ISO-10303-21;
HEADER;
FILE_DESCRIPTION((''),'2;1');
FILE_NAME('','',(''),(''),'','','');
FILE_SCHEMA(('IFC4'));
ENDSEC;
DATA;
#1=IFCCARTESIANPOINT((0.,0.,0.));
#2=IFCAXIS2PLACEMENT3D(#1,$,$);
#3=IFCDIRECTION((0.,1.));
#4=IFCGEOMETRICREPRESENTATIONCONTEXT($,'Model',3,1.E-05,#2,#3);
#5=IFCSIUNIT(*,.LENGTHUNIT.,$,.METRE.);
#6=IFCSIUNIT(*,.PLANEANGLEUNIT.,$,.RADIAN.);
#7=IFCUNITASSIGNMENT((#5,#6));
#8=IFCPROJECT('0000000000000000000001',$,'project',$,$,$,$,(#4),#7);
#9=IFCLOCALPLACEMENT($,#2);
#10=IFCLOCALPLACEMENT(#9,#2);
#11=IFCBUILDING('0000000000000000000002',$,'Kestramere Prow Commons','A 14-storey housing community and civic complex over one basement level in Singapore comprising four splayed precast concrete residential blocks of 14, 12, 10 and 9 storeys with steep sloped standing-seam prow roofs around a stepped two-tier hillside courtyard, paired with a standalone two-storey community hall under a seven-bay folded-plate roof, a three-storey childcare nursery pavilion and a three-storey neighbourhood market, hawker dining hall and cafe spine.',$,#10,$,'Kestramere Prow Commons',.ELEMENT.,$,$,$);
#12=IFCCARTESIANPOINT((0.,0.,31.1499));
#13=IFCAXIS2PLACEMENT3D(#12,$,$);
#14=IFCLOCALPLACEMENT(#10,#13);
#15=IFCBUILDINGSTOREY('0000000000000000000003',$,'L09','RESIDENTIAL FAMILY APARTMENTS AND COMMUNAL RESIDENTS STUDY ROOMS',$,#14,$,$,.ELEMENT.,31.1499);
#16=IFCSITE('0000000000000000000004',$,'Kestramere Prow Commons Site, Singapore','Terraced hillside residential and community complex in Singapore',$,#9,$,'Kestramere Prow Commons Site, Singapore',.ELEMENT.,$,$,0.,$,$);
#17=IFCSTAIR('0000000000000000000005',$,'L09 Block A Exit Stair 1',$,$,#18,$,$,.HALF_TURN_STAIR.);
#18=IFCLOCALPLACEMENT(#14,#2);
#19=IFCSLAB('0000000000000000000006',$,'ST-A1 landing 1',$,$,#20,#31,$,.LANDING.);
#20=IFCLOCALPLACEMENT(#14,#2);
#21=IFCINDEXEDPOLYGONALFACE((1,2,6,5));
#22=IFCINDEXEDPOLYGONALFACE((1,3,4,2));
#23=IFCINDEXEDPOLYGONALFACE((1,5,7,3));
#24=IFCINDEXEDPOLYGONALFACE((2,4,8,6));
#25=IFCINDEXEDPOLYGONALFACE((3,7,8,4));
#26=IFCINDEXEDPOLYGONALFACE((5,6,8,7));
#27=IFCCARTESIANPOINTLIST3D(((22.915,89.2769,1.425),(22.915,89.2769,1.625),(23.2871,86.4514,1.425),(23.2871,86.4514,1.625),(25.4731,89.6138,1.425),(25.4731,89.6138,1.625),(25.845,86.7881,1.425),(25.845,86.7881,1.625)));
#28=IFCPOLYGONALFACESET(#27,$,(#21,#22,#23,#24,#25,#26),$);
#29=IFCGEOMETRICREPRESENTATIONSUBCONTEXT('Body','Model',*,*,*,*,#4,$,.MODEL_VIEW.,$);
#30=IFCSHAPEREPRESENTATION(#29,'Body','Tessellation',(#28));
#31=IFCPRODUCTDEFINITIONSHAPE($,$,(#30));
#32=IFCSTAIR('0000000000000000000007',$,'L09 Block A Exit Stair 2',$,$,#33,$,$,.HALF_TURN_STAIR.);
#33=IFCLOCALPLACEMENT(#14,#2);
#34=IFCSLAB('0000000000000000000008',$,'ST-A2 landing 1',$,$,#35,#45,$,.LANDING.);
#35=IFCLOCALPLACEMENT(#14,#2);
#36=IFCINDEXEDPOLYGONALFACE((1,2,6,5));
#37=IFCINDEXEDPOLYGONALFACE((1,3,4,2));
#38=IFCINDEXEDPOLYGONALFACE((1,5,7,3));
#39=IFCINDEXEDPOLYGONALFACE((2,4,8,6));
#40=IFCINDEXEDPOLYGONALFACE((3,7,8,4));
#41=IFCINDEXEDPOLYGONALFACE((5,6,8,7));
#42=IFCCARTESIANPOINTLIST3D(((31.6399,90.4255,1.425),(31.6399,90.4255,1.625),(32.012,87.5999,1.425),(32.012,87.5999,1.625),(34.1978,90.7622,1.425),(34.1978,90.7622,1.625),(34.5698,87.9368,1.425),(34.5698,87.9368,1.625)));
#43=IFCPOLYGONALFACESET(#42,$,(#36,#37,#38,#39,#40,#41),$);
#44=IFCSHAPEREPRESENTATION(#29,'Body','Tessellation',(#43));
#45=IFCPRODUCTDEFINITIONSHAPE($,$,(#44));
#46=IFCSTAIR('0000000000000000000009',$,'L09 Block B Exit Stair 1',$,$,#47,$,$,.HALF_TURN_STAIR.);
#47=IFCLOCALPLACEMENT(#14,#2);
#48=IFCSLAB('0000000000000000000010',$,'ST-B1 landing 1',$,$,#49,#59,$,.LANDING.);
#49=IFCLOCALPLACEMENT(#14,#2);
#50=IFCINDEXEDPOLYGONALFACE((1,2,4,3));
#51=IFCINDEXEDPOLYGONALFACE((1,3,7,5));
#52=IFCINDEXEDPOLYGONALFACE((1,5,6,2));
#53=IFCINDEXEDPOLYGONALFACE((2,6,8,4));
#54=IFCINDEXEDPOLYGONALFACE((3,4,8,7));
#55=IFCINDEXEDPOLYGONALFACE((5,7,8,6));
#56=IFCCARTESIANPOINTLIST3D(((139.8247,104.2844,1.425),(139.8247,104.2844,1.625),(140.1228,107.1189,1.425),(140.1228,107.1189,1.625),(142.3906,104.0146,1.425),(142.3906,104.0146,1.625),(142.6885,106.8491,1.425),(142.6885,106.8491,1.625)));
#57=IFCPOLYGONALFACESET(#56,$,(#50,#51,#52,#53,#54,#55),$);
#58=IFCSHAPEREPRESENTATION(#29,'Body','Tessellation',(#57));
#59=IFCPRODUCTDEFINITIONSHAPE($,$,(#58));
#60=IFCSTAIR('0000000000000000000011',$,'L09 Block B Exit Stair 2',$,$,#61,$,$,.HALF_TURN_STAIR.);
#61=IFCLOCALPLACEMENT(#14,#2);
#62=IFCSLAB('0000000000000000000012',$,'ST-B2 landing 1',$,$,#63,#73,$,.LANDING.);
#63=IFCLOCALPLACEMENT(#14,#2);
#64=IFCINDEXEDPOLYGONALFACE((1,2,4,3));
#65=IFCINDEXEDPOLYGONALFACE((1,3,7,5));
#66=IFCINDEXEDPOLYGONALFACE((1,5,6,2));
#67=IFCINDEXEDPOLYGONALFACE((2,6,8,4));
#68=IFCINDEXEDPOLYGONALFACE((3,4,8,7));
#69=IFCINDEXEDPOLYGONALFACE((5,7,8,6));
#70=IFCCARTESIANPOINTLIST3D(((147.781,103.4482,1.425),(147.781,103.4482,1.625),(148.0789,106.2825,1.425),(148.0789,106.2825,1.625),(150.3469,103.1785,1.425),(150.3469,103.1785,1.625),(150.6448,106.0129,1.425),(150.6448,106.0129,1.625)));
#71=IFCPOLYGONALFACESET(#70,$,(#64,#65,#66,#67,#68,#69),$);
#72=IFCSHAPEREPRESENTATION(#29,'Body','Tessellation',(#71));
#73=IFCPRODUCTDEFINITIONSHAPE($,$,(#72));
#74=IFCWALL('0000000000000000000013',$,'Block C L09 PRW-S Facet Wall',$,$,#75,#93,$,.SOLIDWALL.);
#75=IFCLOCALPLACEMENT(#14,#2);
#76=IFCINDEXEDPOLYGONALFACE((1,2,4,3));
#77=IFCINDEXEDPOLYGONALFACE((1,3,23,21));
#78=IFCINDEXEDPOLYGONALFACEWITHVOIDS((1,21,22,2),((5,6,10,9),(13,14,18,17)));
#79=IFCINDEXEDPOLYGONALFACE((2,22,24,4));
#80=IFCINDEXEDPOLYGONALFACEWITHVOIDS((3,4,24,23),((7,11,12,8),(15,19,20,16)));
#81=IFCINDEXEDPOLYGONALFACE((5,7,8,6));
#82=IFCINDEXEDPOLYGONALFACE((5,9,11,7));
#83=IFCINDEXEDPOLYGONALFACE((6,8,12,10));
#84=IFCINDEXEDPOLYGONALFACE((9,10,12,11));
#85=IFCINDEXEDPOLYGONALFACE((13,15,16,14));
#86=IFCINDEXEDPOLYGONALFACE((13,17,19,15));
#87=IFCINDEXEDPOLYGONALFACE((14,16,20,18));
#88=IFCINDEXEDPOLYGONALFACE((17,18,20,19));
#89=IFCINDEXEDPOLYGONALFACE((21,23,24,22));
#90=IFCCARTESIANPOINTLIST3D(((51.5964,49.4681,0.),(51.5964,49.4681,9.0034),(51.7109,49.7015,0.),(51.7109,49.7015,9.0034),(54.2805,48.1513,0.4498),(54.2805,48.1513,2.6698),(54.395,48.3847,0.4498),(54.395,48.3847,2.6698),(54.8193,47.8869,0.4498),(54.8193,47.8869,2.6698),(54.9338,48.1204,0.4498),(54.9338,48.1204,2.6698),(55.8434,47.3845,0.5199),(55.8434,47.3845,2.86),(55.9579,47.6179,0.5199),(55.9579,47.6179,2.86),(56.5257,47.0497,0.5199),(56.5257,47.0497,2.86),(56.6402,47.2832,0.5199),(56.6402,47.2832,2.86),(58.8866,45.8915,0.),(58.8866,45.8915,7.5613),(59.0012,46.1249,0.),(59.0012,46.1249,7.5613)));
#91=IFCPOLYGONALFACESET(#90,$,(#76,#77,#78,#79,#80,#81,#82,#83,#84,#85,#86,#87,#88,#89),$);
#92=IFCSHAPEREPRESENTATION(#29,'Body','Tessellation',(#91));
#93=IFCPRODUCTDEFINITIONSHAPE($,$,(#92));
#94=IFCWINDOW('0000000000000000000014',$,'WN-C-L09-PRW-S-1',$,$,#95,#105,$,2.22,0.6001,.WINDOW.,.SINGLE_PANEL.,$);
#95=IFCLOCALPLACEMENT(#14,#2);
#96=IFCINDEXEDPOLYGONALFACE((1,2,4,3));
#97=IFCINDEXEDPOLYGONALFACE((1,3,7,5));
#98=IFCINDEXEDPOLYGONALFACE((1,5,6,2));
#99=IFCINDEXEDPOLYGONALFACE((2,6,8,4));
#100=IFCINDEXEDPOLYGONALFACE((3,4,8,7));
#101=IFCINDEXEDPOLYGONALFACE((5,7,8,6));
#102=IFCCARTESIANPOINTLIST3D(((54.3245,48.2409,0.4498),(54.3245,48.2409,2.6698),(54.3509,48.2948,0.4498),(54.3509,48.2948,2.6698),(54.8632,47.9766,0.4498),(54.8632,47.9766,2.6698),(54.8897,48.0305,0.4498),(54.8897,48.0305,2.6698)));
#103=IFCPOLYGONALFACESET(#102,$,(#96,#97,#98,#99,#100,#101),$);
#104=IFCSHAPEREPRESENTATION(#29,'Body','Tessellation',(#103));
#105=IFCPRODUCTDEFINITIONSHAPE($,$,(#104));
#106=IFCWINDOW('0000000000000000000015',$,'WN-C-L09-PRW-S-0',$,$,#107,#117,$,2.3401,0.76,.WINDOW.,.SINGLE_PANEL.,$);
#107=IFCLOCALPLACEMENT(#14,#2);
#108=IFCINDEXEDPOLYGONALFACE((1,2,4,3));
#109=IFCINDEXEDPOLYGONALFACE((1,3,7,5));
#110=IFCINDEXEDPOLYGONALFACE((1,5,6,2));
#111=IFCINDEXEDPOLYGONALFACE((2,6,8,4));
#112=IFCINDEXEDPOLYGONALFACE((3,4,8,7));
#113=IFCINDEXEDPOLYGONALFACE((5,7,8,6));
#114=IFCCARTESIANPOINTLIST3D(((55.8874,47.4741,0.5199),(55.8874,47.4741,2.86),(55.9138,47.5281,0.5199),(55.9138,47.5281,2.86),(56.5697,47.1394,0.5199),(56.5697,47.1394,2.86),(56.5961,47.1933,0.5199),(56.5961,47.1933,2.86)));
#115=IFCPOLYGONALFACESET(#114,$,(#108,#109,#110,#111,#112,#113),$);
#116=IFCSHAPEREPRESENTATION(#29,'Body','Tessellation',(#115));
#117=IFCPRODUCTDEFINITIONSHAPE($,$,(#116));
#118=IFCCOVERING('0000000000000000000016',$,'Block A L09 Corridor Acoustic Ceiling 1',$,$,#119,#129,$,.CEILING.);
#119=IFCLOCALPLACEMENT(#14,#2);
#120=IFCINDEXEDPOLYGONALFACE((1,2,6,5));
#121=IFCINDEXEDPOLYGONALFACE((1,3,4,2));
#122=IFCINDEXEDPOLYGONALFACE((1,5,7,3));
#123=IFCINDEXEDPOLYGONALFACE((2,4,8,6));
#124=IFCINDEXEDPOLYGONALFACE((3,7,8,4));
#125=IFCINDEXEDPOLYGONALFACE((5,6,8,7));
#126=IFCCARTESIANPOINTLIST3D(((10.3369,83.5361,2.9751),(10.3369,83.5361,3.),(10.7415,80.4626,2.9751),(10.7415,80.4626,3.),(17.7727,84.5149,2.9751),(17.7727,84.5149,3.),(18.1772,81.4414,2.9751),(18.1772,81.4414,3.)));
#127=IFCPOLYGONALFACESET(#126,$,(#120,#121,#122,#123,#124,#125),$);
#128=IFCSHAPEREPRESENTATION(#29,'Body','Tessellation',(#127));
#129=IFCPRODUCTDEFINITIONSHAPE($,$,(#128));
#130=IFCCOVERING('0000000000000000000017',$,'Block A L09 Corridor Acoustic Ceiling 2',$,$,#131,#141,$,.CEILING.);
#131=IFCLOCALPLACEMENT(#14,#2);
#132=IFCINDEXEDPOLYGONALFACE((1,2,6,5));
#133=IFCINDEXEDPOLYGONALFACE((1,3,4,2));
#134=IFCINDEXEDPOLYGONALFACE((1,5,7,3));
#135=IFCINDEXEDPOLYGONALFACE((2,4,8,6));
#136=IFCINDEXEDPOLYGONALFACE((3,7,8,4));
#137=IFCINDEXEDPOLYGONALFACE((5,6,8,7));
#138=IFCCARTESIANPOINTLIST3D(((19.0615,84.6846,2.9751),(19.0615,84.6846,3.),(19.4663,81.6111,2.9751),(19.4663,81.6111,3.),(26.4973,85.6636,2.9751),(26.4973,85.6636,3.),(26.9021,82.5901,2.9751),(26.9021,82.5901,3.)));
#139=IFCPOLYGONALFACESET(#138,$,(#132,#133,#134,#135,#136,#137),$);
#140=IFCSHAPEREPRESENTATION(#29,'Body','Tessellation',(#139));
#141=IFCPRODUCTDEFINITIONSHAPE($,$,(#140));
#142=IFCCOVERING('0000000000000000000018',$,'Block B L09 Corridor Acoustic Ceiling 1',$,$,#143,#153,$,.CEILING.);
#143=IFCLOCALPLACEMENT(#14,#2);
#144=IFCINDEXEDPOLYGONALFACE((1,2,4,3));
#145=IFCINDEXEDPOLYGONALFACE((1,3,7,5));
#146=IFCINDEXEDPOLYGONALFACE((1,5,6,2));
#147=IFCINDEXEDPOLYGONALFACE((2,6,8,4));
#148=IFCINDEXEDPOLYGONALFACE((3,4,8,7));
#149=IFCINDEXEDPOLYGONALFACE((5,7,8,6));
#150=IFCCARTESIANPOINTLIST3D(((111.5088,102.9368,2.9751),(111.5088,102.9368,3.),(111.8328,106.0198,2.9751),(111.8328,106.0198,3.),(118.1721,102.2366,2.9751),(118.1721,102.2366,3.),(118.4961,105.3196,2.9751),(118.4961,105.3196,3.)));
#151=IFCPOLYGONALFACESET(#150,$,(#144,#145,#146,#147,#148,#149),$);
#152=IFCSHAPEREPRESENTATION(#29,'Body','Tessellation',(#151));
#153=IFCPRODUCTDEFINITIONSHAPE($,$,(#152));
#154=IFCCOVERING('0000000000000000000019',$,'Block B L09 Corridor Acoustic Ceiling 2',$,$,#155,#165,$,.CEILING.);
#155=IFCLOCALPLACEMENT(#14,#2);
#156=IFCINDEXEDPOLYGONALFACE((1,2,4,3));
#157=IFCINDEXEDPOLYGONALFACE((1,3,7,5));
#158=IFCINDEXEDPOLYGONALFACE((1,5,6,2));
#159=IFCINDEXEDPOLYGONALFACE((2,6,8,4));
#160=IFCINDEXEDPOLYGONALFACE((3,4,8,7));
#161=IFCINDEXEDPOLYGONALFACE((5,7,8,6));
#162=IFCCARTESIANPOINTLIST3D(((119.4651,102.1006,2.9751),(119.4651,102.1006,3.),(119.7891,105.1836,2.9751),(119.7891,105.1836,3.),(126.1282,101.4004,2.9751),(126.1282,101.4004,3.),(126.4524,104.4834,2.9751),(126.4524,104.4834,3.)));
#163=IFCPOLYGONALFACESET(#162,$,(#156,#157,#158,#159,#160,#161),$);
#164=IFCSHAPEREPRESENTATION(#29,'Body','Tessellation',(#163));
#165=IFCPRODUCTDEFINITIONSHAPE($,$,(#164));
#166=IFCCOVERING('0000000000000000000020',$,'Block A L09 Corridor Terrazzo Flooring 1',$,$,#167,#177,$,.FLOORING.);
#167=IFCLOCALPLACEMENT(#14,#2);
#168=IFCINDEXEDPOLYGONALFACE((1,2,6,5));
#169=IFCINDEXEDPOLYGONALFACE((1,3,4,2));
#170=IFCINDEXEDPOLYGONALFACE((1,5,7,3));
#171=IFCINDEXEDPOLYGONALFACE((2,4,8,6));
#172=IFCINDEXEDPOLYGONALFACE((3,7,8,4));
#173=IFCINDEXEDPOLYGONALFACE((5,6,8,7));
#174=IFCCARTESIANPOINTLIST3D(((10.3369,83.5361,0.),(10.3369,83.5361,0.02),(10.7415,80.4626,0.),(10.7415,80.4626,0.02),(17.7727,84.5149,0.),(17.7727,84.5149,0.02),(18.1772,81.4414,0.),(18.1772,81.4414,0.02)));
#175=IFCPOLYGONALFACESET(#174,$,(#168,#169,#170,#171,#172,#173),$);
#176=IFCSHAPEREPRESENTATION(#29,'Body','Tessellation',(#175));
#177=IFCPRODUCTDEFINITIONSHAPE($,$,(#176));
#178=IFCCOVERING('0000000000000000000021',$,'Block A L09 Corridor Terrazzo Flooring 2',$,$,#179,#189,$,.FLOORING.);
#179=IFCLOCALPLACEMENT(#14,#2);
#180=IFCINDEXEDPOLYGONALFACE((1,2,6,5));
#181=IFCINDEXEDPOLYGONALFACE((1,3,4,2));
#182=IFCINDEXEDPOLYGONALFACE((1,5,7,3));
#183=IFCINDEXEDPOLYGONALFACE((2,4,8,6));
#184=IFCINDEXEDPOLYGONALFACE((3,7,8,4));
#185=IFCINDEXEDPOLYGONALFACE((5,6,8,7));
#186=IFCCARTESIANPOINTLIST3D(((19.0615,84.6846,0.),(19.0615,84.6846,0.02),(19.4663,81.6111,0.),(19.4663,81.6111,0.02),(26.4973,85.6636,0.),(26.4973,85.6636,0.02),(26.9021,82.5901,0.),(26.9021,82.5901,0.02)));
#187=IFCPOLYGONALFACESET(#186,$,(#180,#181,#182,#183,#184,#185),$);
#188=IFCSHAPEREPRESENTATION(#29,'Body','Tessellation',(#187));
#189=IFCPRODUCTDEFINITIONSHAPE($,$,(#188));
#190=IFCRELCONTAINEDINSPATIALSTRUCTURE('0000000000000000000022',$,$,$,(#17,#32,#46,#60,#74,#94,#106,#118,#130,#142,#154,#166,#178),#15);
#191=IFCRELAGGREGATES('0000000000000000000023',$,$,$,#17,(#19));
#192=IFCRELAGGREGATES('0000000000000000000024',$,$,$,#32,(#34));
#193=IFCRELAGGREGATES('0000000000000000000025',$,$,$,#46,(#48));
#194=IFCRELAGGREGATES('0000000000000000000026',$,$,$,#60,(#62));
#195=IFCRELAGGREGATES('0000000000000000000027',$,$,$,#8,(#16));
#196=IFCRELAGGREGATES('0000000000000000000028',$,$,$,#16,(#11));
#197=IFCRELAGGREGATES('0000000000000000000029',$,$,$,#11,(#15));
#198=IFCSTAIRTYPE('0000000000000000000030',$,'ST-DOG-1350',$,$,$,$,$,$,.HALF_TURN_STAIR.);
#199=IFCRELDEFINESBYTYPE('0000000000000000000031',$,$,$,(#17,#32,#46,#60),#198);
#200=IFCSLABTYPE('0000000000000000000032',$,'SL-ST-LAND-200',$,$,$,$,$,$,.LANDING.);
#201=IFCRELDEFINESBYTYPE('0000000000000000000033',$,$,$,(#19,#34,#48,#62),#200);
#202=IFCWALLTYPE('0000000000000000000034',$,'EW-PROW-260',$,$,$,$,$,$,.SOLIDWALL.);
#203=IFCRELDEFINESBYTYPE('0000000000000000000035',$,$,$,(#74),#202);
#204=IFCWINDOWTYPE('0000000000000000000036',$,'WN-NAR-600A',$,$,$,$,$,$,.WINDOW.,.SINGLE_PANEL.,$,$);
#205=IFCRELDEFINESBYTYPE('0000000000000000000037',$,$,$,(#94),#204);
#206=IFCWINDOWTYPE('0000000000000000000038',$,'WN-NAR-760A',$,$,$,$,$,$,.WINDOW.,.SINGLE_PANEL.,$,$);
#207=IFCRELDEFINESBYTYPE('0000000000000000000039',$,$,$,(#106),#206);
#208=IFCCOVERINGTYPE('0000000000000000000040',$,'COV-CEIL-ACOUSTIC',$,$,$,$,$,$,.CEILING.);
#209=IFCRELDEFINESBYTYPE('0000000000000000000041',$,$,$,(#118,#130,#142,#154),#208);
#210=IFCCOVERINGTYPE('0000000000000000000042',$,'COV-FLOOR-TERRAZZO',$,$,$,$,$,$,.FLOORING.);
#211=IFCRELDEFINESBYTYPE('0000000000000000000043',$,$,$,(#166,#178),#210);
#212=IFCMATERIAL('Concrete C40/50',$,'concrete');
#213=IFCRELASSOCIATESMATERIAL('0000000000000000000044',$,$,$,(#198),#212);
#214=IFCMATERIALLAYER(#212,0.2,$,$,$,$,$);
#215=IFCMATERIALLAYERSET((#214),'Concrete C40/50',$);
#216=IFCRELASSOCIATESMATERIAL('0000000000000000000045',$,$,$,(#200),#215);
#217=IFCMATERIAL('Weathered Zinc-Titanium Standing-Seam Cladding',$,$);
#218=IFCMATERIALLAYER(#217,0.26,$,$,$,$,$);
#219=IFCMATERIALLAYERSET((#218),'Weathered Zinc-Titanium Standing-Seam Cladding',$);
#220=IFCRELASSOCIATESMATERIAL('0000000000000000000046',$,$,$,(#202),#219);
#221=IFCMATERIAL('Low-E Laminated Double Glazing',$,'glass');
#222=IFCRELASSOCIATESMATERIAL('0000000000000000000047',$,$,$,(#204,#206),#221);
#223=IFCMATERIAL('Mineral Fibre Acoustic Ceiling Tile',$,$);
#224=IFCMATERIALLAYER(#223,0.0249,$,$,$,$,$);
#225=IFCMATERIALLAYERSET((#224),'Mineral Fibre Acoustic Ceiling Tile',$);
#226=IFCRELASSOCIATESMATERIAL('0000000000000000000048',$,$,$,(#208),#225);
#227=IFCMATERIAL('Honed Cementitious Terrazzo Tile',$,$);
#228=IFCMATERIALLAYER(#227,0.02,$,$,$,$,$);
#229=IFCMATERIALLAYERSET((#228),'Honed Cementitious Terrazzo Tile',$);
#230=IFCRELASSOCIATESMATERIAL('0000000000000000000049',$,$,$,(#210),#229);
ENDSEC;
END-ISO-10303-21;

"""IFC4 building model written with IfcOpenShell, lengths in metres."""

from ifc_helpers import new_model, si_unit, direction, frame, frame_2d, origin, place, context, subcontext, project, spatial, polyline, rectangle, outline, extrude, material, layer, layer_set, type_object, element, fill, aggregate, save


model = new_model("IFC4")

# Units and contexts
model_context = context("Model", 3, precision=1e-05, world=origin(), true_north=direction((0.0, 1.0)))
body_context = subcontext(model_context, "Body", "Model", "MODEL_VIEW")
ifc_project = project(units=[si_unit("LENGTHUNIT", "METRE"), si_unit("PLANEANGLEUNIT", "RADIAN")], contexts=[model_context])

# Site, building, storey
site_placement = place(None, origin())
site = spatial("IfcSite", under=ifc_project, at=site_placement, Name="Kestramere Prow Commons Site, Singapore", Description="Terraced hillside residential and community complex in Singapore", LongName="Kestramere Prow Commons Site, Singapore", CompositionType="ELEMENT", RefElevation=0.0)
building_placement = place(site_placement, origin())
building = spatial("IfcBuilding", under=site, at=building_placement, Name="Kestramere Prow Commons", Description="A 14-storey housing community and civic complex over one basement level in Singapore comprising four splayed precast concrete residential blocks of 14, 12, 10 and 9 storeys with steep sloped standing-seam prow roofs around a stepped two-tier hillside courtyard, paired with a standalone two-storey community hall under a seven-bay folded-plate roof, a three-storey childcare nursery pavilion and a three-storey neighbourhood market, hawker dining hall and cafe spine.", LongName="Kestramere Prow Commons", CompositionType="ELEMENT")
storey_placement = place(building_placement, frame((0.0, 0.0, 31.1499)))
storey = spatial("IfcBuildingStorey", under=building, at=storey_placement, Name="L09", Description="RESIDENTIAL FAMILY APARTMENTS AND COMMUNAL RESIDENTS STUDY ROOMS", CompositionType="ELEMENT", Elevation=31.1499)

# Stairs, slabs
ifc_material_1 = material(Name="Concrete C40/50", Category="concrete")
stair_type = type_object("IfcStairType", Name="ST-DOG-1350", PredefinedType="HALF_TURN_STAIR", material=ifc_material_1)
stair_1_placement = place(storey_placement, origin())
stair_1 = element("IfcStair", 1, at=stair_1_placement, inside=storey, type_object=stair_type, Name="L09 Block A Exit Stair 1", PredefinedType="HALF_TURN_STAIR")
ifc_layer_1 = layer(ifc_material_1, 0.2)
ifc_layer_set_1 = layer_set([ifc_layer_1], Name="Concrete C40/50")
slab_type_1 = type_object("IfcSlabType", Name="SL-ST-LAND-200", PredefinedType="LANDING", material=ifc_layer_set_1)
slab_1_placement = place(storey_placement, frame((0.0, 0.0, 1.425)))
slab_1 = element("IfcSlab", 2, at=slab_1_placement, type_object=slab_type_1, Name="ST-A1 landing 1", PredefinedType="LANDING", context=body_context, shape_type="SweptSolid", body=[
    extrude(outline(polyline([(23.2871, 86.4514), (25.845, 86.7881), (25.4731, 89.6138), (22.915, 89.2769), (23.2871, 86.4514)])), origin(), (0.0, 0.0, 1.0), 0.2),
])
aggregate(stair_1, [slab_1])
stair_2_placement = place(storey_placement, origin())
stair_2 = element("IfcStair", 3, at=stair_2_placement, inside=storey, type_object=stair_type, Name="L09 Block A Exit Stair 2", PredefinedType="HALF_TURN_STAIR")
slab_2_placement = place(storey_placement, frame((0.0, 0.0, 1.425)))
slab_2 = element("IfcSlab", 4, at=slab_2_placement, type_object=slab_type_1, Name="ST-A2 landing 1", PredefinedType="LANDING", context=body_context, shape_type="SweptSolid", body=[
    extrude(outline(polyline([(32.012, 87.5999), (34.5698, 87.9368), (34.1978, 90.7622), (31.6399, 90.4255), (32.012, 87.5999)])), origin(), (0.0, 0.0, 1.0), 0.2),
])
aggregate(stair_2, [slab_2])
stair_3_placement = place(storey_placement, origin())
stair_3 = element("IfcStair", 5, at=stair_3_placement, inside=storey, type_object=stair_type, Name="L09 Block B Exit Stair 1", PredefinedType="HALF_TURN_STAIR")
slab_3_placement = place(storey_placement, frame((0.0, 0.0, 1.425)))
slab_3 = element("IfcSlab", 6, at=slab_3_placement, type_object=slab_type_1, Name="ST-B1 landing 1", PredefinedType="LANDING", context=body_context, shape_type="SweptSolid", body=[
    extrude(outline(polyline([(139.8247, 104.2844), (142.3906, 104.0146), (142.6885, 106.8491), (140.1228, 107.1189), (139.8247, 104.2844)])), origin(), (0.0, 0.0, 1.0), 0.2),
])
aggregate(stair_3, [slab_3])
stair_4_placement = place(storey_placement, origin())
stair_4 = element("IfcStair", 7, at=stair_4_placement, inside=storey, type_object=stair_type, Name="L09 Block B Exit Stair 2", PredefinedType="HALF_TURN_STAIR")
slab_4_placement = place(storey_placement, frame((0.0, 0.0, 1.425)))
slab_4 = element("IfcSlab", 8, at=slab_4_placement, type_object=slab_type_1, Name="ST-B2 landing 1", PredefinedType="LANDING", context=body_context, shape_type="SweptSolid", body=[
    extrude(outline(polyline([(147.781, 103.4482), (150.3469, 103.1785), (150.6448, 106.0129), (148.0789, 106.2825), (147.781, 103.4482)])), origin(), (0.0, 0.0, 1.0), 0.2),
])
aggregate(stair_4, [slab_4])

# Wall, openings, windows
ifc_material_2 = material(Name="Weathered Zinc-Titanium Standing-Seam Cladding")
ifc_layer_2 = layer(ifc_material_2, 0.26)
ifc_layer_set_2 = layer_set([ifc_layer_2], Name="Weathered Zinc-Titanium Standing-Seam Cladding")
wall_type = type_object("IfcWallType", Name="EW-PROW-260", PredefinedType="SOLIDWALL", material=ifc_layer_set_2)
wall_placement = place(storey_placement, frame((58.9438, 46.0081, 0.0), z_axis=(0.0, 0.0, 1.0), x_axis=(-0.897775, 0.440454, 0.0)))
wall = element("IfcWall", 9, at=wall_placement, inside=storey, type_object=wall_type, Name="Block C L09 PRW-S Facet Wall", PredefinedType="SOLIDWALL", context=body_context, shape_type="SweptSolid", body=[
    extrude(outline(polyline([(0.0, 0.0), (8.1204, 0.0), (8.1204, 9.0034), (0.0, 7.5613), (0.0, 0.0)])), frame((0.0, 0.1299, 0.0), z_axis=(0.0, -1.0, 0.0), x_axis=(1.0, 0.0, 0.0)), (0.0, 0.0, 1.0), 0.26),
])
opening_1_placement = place(wall_placement, frame((2.6299, 0.0, 0.52)))
opening_1 = element("IfcOpeningElement", 10, at=opening_1_placement, cuts=wall, PredefinedType="OPENING", context=body_context, shape_type="SweptSolid", body=[
    extrude(rectangle(XDim=0.76, YDim=2.3401, at=frame_2d((0.3799, 1.1699))), frame((0.0, 0.145, 0.0), z_axis=(0.0, -1.0, 0.0), x_axis=(1.0, 0.0, 0.0)), (0.0, 0.0, 1.0), 0.29),
])
opening_2_placement = place(wall_placement, frame((4.5305, 0.0, 0.45)))
opening_2 = element("IfcOpeningElement", 11, at=opening_2_placement, cuts=wall, PredefinedType="OPENING", context=body_context, shape_type="SweptSolid", body=[
    extrude(rectangle(XDim=0.6001, YDim=2.22, at=frame_2d((0.3, 1.1099))), frame((0.0, 0.145, 0.0), z_axis=(0.0, -1.0, 0.0), x_axis=(1.0, 0.0, 0.0)), (0.0, 0.0, 1.0), 0.29),
])
ifc_material_3 = material(Name="Low-E Laminated Double Glazing", Category="glass")
window_type_1 = type_object("IfcWindowType", Name="WN-NAR-600A", PartitioningType="SINGLE_PANEL", PredefinedType="WINDOW", material=ifc_material_3)
window_1_placement = place(opening_2_placement, origin())
window_1 = element("IfcWindow", 12, at=window_1_placement, inside=storey, type_object=window_type_1, Name="WN-C-L09-PRW-S-1", OverallHeight=2.22, OverallWidth=0.6001, PartitioningType="SINGLE_PANEL", PredefinedType="WINDOW", context=body_context, shape_type="SweptSolid", body=[
    extrude(rectangle(XDim=0.6001, YDim=2.22, at=frame_2d((0.3, 1.1099))), frame((0.0, 0.03, 0.0), z_axis=(0.0, -1.0, 0.0), x_axis=(1.0, 0.0, 0.0)), (0.0, 0.0, 1.0), 0.0601),
])
fill(opening_2, window_1)
window_type_2 = type_object("IfcWindowType", Name="WN-NAR-760A", PartitioningType="SINGLE_PANEL", PredefinedType="WINDOW", material=ifc_material_3)
window_2_placement = place(opening_1_placement, origin())
window_2 = element("IfcWindow", 13, at=window_2_placement, inside=storey, type_object=window_type_2, Name="WN-C-L09-PRW-S-0", OverallHeight=2.3401, OverallWidth=0.76, PartitioningType="SINGLE_PANEL", PredefinedType="WINDOW", context=body_context, shape_type="SweptSolid", body=[
    extrude(rectangle(XDim=0.76, YDim=2.3401, at=frame_2d((0.3799, 1.1699))), frame((0.0, 0.03, 0.0), z_axis=(0.0, -1.0, 0.0), x_axis=(1.0, 0.0, 0.0)), (0.0, 0.0, 1.0), 0.0601),
])
fill(opening_1, window_2)

# Coverings
ifc_material_4 = material(Name="Mineral Fibre Acoustic Ceiling Tile")
ifc_layer_3 = layer(ifc_material_4, 0.0249)
ifc_layer_set_3 = layer_set([ifc_layer_3], Name="Mineral Fibre Acoustic Ceiling Tile")
covering_type_1 = type_object("IfcCoveringType", Name="COV-CEIL-ACOUSTIC", PredefinedType="CEILING", material=ifc_layer_set_3)
covering_1_placement = place(storey_placement, frame((0.0, 0.0, 2.9751)))
element("IfcCovering", 14, at=covering_1_placement, inside=storey, type_object=covering_type_1, Name="Block A L09 Corridor Acoustic Ceiling 1", PredefinedType="CEILING", context=body_context, shape_type="SweptSolid", body=[
    extrude(outline(polyline([(10.7415, 80.4626), (18.1772, 81.4414), (17.7727, 84.5149), (10.3369, 83.5361), (10.7415, 80.4626)])), origin(), (0.0, 0.0, 1.0), 0.0249),
])
covering_2_placement = place(storey_placement, frame((0.0, 0.0, 2.9751)))
element("IfcCovering", 15, at=covering_2_placement, inside=storey, type_object=covering_type_1, Name="Block A L09 Corridor Acoustic Ceiling 2", PredefinedType="CEILING", context=body_context, shape_type="SweptSolid", body=[
    extrude(outline(polyline([(19.4663, 81.6111), (26.9021, 82.5901), (26.4973, 85.6636), (19.0615, 84.6846), (19.4663, 81.6111)])), origin(), (0.0, 0.0, 1.0), 0.0249),
])
covering_3_placement = place(storey_placement, frame((0.0, 0.0, 2.9751)))
element("IfcCovering", 16, at=covering_3_placement, inside=storey, type_object=covering_type_1, Name="Block B L09 Corridor Acoustic Ceiling 1", PredefinedType="CEILING", context=body_context, shape_type="SweptSolid", body=[
    extrude(outline(polyline([(111.5088, 102.9368), (118.1721, 102.2366), (118.4961, 105.3196), (111.8328, 106.0198), (111.5088, 102.9368)])), origin(), (0.0, 0.0, 1.0), 0.0249),
])
covering_4_placement = place(storey_placement, frame((0.0, 0.0, 2.9751)))
element("IfcCovering", 17, at=covering_4_placement, inside=storey, type_object=covering_type_1, Name="Block B L09 Corridor Acoustic Ceiling 2", PredefinedType="CEILING", context=body_context, shape_type="SweptSolid", body=[
    extrude(outline(polyline([(119.4651, 102.1006), (126.1282, 101.4004), (126.4524, 104.4834), (119.7891, 105.1836), (119.4651, 102.1006)])), origin(), (0.0, 0.0, 1.0), 0.0249),
])
ifc_material_5 = material(Name="Honed Cementitious Terrazzo Tile")
ifc_layer_4 = layer(ifc_material_5, 0.02)
ifc_layer_set_4 = layer_set([ifc_layer_4], Name="Honed Cementitious Terrazzo Tile")
covering_type_2 = type_object("IfcCoveringType", Name="COV-FLOOR-TERRAZZO", PredefinedType="FLOORING", material=ifc_layer_set_4)
covering_5_placement = place(storey_placement, origin())
element("IfcCovering", 18, at=covering_5_placement, inside=storey, type_object=covering_type_2, Name="Block A L09 Corridor Terrazzo Flooring 1", PredefinedType="FLOORING", context=body_context, shape_type="SweptSolid", body=[
    extrude(outline(polyline([(10.7415, 80.4626), (18.1772, 81.4414), (17.7727, 84.5149), (10.3369, 83.5361), (10.7415, 80.4626)])), origin(), (0.0, 0.0, 1.0), 0.02),
])
covering_6_placement = place(storey_placement, origin())
element("IfcCovering", 19, at=covering_6_placement, inside=storey, type_object=covering_type_2, Name="Block A L09 Corridor Terrazzo Flooring 2", PredefinedType="FLOORING", context=body_context, shape_type="SweptSolid", body=[
    extrude(outline(polyline([(19.4663, 81.6111), (26.9021, 82.5901), (26.4973, 85.6636), (19.0615, 84.6846), (19.4663, 81.6111)])), origin(), (0.0, 0.0, 1.0), 0.02),
])

save(model, "model.ifc")
